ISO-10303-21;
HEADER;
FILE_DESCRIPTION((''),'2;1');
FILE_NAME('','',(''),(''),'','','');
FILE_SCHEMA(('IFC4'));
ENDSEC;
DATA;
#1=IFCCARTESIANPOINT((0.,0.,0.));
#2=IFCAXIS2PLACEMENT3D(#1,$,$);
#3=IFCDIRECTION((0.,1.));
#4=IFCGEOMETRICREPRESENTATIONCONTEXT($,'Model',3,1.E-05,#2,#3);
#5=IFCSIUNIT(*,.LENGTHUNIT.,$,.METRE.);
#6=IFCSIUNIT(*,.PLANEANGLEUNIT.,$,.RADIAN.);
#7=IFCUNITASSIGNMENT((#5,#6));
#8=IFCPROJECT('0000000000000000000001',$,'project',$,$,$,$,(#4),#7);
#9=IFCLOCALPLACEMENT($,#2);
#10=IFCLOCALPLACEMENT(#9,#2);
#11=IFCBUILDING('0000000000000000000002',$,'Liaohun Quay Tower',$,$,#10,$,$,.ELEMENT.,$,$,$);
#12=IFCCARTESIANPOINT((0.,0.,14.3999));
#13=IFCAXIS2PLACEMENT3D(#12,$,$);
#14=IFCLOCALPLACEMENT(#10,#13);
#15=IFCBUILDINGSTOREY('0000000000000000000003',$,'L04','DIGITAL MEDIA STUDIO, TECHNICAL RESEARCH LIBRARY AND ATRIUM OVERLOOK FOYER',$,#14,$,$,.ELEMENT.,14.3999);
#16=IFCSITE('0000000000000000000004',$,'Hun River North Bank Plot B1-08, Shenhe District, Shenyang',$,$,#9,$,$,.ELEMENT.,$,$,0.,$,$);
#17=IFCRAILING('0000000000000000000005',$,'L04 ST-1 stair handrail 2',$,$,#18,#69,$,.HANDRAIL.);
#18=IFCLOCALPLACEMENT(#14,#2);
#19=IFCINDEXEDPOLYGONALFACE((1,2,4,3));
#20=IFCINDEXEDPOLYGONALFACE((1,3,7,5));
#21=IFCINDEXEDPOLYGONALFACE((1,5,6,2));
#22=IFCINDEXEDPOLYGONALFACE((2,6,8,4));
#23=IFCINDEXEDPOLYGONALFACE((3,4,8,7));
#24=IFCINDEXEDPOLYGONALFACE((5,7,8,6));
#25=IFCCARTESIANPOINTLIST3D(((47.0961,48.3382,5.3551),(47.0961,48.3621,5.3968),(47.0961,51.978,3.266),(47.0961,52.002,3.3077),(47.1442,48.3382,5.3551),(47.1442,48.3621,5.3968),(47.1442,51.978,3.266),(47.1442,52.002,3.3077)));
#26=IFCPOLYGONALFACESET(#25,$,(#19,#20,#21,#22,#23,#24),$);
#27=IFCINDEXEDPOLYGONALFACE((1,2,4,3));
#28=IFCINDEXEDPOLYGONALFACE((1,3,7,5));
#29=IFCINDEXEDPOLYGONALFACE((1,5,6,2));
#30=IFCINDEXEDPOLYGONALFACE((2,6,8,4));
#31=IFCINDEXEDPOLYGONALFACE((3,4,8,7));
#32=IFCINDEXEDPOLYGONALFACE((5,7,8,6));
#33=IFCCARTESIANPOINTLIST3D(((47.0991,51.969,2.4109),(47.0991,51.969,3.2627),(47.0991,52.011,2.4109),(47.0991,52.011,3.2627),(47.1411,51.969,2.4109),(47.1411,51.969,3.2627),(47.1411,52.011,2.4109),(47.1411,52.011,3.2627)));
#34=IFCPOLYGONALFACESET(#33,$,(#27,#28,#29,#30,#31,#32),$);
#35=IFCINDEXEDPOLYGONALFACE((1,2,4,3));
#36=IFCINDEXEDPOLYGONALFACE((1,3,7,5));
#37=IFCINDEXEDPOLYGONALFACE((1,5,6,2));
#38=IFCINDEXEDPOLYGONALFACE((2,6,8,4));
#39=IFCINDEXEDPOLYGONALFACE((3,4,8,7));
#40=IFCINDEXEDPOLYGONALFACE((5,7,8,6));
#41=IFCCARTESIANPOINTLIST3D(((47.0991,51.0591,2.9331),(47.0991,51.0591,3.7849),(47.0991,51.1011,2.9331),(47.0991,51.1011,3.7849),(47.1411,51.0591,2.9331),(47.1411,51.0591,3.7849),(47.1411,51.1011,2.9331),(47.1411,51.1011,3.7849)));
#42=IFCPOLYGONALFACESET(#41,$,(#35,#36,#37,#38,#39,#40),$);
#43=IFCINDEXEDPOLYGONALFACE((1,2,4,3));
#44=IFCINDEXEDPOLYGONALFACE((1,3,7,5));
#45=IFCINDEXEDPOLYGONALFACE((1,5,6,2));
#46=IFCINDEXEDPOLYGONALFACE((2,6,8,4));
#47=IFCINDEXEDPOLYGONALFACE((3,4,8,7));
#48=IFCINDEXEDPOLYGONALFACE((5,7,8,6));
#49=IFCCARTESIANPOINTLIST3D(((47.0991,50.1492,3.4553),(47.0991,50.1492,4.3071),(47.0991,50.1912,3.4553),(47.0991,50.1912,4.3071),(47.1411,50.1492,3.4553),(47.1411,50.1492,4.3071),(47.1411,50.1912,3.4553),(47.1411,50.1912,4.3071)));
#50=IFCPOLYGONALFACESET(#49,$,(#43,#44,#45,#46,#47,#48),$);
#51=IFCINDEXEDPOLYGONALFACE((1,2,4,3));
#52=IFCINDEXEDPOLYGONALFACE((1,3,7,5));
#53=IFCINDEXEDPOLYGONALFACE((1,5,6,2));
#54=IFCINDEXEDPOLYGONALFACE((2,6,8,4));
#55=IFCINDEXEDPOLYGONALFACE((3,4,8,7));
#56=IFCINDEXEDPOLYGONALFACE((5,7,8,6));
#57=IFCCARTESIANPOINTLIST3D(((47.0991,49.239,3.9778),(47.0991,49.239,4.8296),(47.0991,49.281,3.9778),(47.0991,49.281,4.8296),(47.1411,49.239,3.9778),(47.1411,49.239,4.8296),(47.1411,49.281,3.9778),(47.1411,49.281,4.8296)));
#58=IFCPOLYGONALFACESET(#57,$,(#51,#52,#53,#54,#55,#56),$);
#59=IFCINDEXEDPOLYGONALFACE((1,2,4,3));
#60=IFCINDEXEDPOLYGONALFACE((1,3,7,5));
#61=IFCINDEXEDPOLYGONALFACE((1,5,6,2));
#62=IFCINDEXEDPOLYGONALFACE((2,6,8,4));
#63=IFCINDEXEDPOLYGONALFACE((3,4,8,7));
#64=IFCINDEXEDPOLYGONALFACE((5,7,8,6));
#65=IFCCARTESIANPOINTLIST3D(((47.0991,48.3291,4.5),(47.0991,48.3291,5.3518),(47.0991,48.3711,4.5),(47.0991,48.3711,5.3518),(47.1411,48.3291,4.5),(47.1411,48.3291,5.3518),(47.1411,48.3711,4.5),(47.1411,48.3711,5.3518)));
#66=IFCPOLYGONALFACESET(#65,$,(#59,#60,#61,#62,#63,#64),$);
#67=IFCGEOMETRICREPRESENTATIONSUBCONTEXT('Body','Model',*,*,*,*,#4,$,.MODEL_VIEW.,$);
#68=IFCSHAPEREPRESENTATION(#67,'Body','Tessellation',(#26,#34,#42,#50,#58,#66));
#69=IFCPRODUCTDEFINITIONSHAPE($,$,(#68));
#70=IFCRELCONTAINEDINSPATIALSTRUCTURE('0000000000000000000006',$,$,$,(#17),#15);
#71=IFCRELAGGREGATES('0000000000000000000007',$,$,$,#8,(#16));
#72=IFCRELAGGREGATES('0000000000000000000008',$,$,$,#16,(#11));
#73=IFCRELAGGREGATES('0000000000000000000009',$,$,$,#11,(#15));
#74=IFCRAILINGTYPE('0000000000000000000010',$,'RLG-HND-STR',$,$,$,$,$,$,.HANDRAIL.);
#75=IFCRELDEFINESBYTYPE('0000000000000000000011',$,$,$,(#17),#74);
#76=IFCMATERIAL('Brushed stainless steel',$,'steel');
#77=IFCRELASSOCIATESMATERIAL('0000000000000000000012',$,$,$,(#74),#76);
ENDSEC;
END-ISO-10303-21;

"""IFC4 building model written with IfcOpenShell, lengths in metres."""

from ifc_helpers import new_model, si_unit, direction, frame, origin, origin_2d, place, context, subcontext, project, spatial, rectangle, extrude, material, type_object, element, save


model = new_model("IFC4")

# Units and contexts
model_context = context("Model", 3, precision=1e-05, world=origin(), true_north=direction((0.0, 1.0)))
body_context = subcontext(model_context, "Body", "Model", "MODEL_VIEW")
ifc_project = project(units=[si_unit("LENGTHUNIT", "METRE"), si_unit("PLANEANGLEUNIT", "RADIAN")], contexts=[model_context])

# Site, building, storey
site_placement = place(None, origin())
site = spatial("IfcSite", under=ifc_project, at=site_placement, Name="Hun River North Bank Plot B1-08, Shenhe District, Shenyang", CompositionType="ELEMENT", RefElevation=0.0)
building_placement = place(site_placement, origin())
building = spatial("IfcBuilding", under=site, at=building_placement, Name="Liaohun Quay Tower", CompositionType="ELEMENT")
storey_placement = place(building_placement, frame((0.0, 0.0, 14.3999)))
storey = spatial("IfcBuildingStorey", under=building, at=storey_placement, Name="L04", Description="DIGITAL MEDIA STUDIO, TECHNICAL RESEARCH LIBRARY AND ATRIUM OVERLOOK FOYER", CompositionType="ELEMENT", Elevation=14.3999)

# Railing
ifc_material_1 = material(Name="Brushed stainless steel", Category="steel")
railing_type_1 = type_object("IfcRailingType", Name="RLG-HND-STR", PredefinedType="HANDRAIL", material=ifc_material_1)
railing_1_placement = place(storey_placement, frame((47.1201, 51.99, 2.4109)))
element("IfcRailing", 1, at=railing_1_placement, inside=storey, type_object=railing_type_1, Name="L04 ST-1 stair handrail 2", PredefinedType="HANDRAIL", context=body_context, shape_type="SweptSolid", body=[
    extrude(rectangle(XDim=0.0481, YDim=0.0481, at=origin_2d()), frame((0.0, 0.0, 0.876), z_axis=(0.0, -0.8673, 0.497786), x_axis=(1.0, 0.0, 0.0)), (0.0, 0.0, 1.0), 4.1968),
    extrude(rectangle(XDim=0.042, YDim=0.042, at=origin_2d()), origin(), (0.0, 0.0, 1.0), 0.8518),
    extrude(rectangle(XDim=0.042, YDim=0.042, at=origin_2d()), frame((0.0, -0.9099, 0.5222)), (0.0, 0.0, 1.0), 0.8518),
    extrude(rectangle(XDim=0.042, YDim=0.042, at=origin_2d()), frame((0.0, -1.8198, 1.0444)), (0.0, 0.0, 1.0), 0.8518),
    extrude(rectangle(XDim=0.042, YDim=0.042, at=origin_2d()), frame((0.0, -2.73, 1.5669)), (0.0, 0.0, 1.0), 0.8518),
    extrude(rectangle(XDim=0.042, YDim=0.042, at=origin_2d()), frame((0.0, -3.6399, 2.0891)), (0.0, 0.0, 1.0), 0.8518),
])

save(model, "model.ifc")
